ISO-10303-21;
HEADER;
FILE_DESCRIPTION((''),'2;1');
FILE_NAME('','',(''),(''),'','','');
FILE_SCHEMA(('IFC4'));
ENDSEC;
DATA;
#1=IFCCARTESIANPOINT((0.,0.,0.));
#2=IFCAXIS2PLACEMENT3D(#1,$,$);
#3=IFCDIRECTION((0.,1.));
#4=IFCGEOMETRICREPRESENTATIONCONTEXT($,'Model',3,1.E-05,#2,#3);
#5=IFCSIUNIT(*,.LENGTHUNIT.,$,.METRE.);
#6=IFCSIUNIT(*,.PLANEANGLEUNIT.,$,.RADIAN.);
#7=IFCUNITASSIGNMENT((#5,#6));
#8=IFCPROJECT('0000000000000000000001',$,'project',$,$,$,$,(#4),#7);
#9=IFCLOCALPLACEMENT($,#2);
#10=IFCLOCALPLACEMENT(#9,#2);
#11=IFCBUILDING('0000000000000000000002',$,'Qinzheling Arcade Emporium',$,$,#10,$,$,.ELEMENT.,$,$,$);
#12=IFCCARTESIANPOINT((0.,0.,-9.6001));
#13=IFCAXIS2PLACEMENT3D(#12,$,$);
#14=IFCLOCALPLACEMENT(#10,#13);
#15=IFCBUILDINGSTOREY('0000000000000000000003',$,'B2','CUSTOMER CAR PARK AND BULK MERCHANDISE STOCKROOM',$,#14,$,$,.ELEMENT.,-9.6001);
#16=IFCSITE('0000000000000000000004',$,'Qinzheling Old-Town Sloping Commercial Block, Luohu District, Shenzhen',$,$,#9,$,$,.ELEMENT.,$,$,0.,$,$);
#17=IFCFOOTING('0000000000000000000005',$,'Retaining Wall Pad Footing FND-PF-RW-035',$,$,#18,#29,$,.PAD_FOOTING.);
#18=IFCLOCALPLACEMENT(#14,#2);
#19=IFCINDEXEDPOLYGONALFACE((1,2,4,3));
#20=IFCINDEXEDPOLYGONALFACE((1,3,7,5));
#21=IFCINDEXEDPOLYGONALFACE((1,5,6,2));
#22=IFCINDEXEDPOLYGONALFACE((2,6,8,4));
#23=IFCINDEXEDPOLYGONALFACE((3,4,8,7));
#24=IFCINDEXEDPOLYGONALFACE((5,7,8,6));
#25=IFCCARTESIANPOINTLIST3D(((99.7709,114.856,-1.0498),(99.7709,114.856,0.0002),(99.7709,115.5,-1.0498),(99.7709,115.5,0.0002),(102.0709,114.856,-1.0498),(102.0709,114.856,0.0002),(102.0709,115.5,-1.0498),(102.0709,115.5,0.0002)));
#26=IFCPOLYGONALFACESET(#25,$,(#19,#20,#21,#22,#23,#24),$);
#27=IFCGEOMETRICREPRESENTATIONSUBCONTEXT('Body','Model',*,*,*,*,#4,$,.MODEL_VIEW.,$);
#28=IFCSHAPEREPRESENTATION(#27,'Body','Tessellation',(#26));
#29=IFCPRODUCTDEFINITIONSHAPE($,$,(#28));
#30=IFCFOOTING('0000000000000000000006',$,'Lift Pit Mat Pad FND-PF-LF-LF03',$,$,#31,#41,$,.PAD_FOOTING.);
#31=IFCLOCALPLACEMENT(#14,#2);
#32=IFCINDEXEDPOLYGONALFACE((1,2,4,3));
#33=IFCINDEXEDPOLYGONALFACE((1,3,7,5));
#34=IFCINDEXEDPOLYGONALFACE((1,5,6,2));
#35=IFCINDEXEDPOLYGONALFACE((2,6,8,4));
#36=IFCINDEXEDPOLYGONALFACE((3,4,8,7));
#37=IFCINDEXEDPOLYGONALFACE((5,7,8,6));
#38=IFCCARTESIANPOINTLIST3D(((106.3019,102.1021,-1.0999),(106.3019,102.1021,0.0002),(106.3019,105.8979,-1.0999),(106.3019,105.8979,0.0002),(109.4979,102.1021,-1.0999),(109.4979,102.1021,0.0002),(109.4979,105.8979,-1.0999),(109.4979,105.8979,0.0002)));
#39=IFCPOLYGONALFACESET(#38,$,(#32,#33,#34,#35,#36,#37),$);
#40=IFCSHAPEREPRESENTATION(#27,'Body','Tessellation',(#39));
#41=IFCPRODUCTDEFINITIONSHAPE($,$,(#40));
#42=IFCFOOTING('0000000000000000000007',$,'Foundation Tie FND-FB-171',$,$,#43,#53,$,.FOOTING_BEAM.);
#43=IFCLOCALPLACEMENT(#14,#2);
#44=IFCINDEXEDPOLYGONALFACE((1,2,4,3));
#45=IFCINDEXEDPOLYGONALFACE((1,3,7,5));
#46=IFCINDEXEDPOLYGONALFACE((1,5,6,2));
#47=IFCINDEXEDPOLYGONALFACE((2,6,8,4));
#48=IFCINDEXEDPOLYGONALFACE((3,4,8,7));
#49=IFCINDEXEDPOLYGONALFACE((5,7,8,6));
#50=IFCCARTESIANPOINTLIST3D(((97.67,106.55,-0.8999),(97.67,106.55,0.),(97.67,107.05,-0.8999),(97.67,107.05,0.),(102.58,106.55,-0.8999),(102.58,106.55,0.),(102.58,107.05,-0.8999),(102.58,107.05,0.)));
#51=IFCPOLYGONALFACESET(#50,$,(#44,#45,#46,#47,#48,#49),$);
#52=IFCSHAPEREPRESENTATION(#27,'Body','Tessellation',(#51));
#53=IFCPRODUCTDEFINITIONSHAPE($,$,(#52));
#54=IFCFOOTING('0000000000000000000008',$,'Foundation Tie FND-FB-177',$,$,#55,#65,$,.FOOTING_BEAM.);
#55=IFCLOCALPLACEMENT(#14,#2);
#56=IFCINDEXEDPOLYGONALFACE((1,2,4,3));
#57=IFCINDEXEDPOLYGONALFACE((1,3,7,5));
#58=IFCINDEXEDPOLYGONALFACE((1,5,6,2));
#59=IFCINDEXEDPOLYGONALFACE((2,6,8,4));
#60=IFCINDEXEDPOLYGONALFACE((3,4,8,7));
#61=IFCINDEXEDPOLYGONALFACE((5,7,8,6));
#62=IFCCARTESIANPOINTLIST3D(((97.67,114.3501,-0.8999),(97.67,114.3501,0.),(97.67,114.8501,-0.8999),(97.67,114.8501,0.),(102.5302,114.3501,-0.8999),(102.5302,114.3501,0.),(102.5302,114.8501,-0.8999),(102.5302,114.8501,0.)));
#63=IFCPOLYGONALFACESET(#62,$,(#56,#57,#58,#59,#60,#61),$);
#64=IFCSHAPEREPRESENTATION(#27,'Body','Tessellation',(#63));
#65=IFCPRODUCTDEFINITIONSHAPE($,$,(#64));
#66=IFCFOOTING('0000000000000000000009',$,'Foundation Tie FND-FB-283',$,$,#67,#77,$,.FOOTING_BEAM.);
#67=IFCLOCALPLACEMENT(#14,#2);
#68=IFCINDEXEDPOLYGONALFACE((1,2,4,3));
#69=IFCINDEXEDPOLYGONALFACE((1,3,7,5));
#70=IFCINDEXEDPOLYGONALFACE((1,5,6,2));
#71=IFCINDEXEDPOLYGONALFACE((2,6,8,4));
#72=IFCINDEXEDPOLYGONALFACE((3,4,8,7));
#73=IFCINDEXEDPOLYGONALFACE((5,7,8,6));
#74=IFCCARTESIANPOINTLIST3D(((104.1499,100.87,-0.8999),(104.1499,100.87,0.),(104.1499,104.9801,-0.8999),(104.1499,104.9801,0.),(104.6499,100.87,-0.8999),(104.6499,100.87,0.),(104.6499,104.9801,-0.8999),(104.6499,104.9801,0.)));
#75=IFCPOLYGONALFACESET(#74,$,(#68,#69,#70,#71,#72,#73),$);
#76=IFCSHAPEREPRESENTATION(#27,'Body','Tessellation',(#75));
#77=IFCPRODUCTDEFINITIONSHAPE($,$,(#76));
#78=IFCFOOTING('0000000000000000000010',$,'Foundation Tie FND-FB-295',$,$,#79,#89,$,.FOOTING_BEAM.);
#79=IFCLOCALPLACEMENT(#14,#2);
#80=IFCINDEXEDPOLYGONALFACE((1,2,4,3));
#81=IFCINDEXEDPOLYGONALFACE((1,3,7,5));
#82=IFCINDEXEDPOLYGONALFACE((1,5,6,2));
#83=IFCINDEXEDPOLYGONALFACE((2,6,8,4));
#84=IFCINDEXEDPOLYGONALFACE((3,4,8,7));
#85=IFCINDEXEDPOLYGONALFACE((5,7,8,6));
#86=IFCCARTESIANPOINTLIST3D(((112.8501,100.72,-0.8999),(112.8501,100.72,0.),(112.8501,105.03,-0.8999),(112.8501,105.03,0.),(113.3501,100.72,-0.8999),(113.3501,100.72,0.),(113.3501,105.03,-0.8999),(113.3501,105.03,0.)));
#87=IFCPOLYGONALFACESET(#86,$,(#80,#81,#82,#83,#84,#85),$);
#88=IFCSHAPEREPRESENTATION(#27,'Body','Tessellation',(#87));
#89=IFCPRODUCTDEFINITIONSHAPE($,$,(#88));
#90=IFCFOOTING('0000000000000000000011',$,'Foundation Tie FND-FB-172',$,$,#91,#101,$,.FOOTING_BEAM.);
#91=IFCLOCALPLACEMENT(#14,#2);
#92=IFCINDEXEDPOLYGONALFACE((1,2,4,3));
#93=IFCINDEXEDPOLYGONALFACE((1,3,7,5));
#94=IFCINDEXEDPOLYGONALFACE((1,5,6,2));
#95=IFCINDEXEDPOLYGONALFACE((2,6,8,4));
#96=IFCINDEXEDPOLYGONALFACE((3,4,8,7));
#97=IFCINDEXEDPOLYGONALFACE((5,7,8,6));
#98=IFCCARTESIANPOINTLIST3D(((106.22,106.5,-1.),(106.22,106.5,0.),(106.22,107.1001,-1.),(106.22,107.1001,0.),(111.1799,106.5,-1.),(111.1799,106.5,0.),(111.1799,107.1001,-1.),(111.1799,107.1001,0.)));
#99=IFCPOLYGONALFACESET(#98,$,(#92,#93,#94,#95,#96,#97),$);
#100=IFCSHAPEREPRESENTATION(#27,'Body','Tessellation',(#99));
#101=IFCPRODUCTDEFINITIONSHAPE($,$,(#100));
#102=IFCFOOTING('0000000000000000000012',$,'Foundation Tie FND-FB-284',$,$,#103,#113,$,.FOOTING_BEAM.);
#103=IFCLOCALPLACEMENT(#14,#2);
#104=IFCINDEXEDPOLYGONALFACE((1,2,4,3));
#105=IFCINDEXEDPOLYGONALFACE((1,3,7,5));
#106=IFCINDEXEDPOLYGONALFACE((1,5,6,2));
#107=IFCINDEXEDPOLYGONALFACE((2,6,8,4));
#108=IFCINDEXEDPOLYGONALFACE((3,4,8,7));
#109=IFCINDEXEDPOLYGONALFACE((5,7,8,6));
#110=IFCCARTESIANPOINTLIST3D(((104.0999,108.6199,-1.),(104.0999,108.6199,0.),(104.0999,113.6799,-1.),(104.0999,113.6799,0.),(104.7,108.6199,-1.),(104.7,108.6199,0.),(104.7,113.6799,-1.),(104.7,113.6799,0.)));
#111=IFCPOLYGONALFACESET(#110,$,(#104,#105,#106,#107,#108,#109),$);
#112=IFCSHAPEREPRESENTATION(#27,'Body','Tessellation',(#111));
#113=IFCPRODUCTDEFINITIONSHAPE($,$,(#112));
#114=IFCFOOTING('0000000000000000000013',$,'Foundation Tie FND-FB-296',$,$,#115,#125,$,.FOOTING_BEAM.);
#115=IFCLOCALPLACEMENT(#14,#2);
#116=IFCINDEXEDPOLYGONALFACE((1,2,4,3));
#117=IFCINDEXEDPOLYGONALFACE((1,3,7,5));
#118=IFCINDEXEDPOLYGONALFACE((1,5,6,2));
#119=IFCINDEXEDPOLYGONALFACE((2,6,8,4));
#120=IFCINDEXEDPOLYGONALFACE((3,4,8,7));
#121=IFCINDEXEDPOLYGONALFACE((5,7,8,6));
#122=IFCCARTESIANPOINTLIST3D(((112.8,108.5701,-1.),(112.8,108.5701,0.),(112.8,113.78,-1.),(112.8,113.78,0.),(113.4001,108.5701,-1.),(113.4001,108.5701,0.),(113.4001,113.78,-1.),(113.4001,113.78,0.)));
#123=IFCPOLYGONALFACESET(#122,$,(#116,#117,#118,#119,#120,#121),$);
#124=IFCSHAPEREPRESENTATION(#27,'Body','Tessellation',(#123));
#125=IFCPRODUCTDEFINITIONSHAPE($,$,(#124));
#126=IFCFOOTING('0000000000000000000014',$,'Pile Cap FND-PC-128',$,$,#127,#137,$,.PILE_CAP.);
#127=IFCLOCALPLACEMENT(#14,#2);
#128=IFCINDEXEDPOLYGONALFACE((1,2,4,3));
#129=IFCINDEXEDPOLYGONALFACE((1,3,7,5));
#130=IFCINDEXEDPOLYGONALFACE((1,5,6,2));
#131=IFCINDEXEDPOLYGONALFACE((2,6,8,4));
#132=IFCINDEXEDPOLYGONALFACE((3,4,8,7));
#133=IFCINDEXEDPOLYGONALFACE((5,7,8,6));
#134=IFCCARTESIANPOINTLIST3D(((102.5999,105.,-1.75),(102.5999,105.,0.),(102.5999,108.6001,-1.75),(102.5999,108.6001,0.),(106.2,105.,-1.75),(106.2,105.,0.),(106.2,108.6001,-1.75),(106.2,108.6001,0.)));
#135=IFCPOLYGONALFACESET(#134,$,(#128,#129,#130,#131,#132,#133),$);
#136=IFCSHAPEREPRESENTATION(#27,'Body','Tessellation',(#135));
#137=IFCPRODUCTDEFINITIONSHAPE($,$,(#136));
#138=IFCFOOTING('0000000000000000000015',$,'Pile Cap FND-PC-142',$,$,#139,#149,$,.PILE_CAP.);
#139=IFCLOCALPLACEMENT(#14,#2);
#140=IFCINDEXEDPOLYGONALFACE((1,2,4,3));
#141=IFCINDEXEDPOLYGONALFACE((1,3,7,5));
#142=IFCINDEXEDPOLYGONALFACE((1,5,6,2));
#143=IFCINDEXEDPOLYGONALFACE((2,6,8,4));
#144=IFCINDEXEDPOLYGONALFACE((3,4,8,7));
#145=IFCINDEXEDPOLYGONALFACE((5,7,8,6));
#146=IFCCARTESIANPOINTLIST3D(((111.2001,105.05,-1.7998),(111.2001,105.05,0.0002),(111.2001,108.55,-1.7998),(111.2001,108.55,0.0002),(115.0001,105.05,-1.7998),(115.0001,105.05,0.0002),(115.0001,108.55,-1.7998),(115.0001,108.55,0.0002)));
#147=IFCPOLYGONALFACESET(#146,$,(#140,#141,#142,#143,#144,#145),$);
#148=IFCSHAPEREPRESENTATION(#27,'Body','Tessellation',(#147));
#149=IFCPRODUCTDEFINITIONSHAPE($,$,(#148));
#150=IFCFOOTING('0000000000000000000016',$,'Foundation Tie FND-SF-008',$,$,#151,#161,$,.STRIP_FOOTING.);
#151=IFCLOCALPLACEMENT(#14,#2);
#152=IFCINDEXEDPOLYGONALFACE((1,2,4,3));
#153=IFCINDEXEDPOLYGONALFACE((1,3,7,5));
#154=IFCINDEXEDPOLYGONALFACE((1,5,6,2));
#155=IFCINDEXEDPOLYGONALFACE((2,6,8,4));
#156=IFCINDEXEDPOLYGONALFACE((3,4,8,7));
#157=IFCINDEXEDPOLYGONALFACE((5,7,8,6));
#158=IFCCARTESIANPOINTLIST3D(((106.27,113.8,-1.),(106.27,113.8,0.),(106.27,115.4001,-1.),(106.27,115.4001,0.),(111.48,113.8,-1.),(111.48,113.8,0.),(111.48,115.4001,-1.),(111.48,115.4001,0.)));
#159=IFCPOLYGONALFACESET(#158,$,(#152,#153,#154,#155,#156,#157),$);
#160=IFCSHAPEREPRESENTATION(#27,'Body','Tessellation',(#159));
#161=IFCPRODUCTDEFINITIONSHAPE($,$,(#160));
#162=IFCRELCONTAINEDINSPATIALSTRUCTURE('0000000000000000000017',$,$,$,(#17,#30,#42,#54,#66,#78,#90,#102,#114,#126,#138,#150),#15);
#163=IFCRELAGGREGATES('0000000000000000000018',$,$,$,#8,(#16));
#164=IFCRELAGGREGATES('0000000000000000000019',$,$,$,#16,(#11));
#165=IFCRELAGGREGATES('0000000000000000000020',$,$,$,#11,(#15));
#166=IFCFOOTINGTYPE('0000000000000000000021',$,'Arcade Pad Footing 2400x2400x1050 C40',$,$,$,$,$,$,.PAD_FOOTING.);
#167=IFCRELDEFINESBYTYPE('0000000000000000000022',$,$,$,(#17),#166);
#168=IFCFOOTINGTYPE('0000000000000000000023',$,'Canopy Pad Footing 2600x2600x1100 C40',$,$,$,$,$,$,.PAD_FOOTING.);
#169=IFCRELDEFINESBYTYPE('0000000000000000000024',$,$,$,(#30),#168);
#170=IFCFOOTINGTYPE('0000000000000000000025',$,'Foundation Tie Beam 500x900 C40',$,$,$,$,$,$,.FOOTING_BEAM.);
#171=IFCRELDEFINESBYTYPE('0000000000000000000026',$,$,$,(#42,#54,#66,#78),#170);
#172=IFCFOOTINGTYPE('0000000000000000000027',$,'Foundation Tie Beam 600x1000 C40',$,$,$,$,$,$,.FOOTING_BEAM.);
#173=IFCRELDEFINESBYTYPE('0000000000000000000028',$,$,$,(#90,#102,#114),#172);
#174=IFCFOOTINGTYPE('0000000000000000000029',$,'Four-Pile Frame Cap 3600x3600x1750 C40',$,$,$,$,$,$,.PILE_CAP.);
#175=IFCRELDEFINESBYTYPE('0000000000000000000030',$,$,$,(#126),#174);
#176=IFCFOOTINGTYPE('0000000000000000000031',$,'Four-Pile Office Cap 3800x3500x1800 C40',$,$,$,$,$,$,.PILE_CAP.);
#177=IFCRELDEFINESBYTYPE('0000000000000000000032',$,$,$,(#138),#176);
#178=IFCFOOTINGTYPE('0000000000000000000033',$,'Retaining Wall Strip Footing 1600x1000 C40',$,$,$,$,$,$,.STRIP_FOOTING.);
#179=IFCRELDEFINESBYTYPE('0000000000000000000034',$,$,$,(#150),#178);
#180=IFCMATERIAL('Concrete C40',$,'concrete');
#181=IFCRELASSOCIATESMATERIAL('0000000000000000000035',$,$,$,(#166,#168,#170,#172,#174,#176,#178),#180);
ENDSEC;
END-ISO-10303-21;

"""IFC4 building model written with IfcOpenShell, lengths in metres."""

from ifc_helpers import new_model, si_unit, direction, frame, origin, origin_2d, place, context, subcontext, project, spatial, rectangle, extrude, material, type_object, element, save


model = new_model("IFC4")

# Units and contexts
model_context = context("Model", 3, precision=1e-05, world=origin(), true_north=direction((0.0, 1.0)))
body_context = subcontext(model_context, "Body", "Model", "MODEL_VIEW")
ifc_project = project(units=[si_unit("LENGTHUNIT", "METRE"), si_unit("PLANEANGLEUNIT", "RADIAN")], contexts=[model_context])

# Site, building, storey
site_placement = place(None, origin())
site = spatial("IfcSite", under=ifc_project, at=site_placement, Name="Qinzheling Old-Town Sloping Commercial Block, Luohu District, Shenzhen", CompositionType="ELEMENT", RefElevation=0.0)
building_placement = place(site_placement, origin())
building = spatial("IfcBuilding", under=site, at=building_placement, Name="Qinzheling Arcade Emporium", CompositionType="ELEMENT")
storey_placement = place(building_placement, frame((0.0, 0.0, -9.6001)))
storey = spatial("IfcBuildingStorey", under=building, at=storey_placement, Name="B2", Description="CUSTOMER CAR PARK AND BULK MERCHANDISE STOCKROOM", CompositionType="ELEMENT", Elevation=-9.6001)

# Footings
ifc_material_1 = material(Name="Concrete C40", Category="concrete")
footing_type_1 = type_object("IfcFootingType", Name="Arcade Pad Footing 2400x2400x1050 C40", PredefinedType="PAD_FOOTING", material=ifc_material_1)
footing_1_placement = place(storey_placement, frame((100.9209, 115.178, -1.0498), z_axis=(0.0, 0.0, 1.0), x_axis=(1.0, 0.0, 0.0)))
element("IfcFooting", 1, at=footing_1_placement, inside=storey, type_object=footing_type_1, Name="Retaining Wall Pad Footing FND-PF-RW-035", PredefinedType="PAD_FOOTING", context=body_context, shape_type="SweptSolid", body=[
    extrude(rectangle(XDim=2.3, YDim=0.644, at=origin_2d()), origin(), (0.0, 0.0, 1.0), 1.05),
])
footing_type_2 = type_object("IfcFootingType", Name="Canopy Pad Footing 2600x2600x1100 C40", PredefinedType="PAD_FOOTING", material=ifc_material_1)
footing_2_placement = place(storey_placement, frame((107.8999, 104.0, -1.0999), z_axis=(0.0, 0.0, 1.0), x_axis=(1.0, 0.0, 0.0)))
element("IfcFooting", 2, at=footing_2_placement, inside=storey, type_object=footing_type_2, Name="Lift Pit Mat Pad FND-PF-LF-LF03", PredefinedType="PAD_FOOTING", context=body_context, shape_type="SweptSolid", body=[
    extrude(rectangle(XDim=3.196, YDim=3.7959, at=origin_2d()), origin(), (0.0, 0.0, 1.0), 1.1001),
])
footing_type_3 = type_object("IfcFootingType", Name="Foundation Tie Beam 500x900 C40", PredefinedType="FOOTING_BEAM", material=ifc_material_1)
footing_3_placement = place(storey_placement, frame((100.125, 106.8, -0.8999), z_axis=(0.0, 0.0, 1.0), x_axis=(1.0, 0.0, 0.0)))
element("IfcFooting", 3, at=footing_3_placement, inside=storey, type_object=footing_type_3, Name="Foundation Tie FND-FB-171", PredefinedType="FOOTING_BEAM", context=body_context, shape_type="SweptSolid", body=[
    extrude(rectangle(XDim=4.9099, YDim=0.5, at=origin_2d()), origin(), (0.0, 0.0, 1.0), 0.8999),
])
footing_4_placement = place(storey_placement, frame((100.1001, 114.6001, -0.8999), z_axis=(0.0, 0.0, 1.0), x_axis=(1.0, 0.0, 0.0)))
element("IfcFooting", 4, at=footing_4_placement, inside=storey, type_object=footing_type_3, Name="Foundation Tie FND-FB-177", PredefinedType="FOOTING_BEAM", context=body_context, shape_type="SweptSolid", body=[
    extrude(rectangle(XDim=4.8601, YDim=0.5, at=origin_2d()), origin(), (0.0, 0.0, 1.0), 0.8999),
])
footing_5_placement = place(storey_placement, frame((104.3999, 102.925, -0.8999), z_axis=(0.0, 0.0, 1.0), x_axis=(1.0, 0.0, 0.0)))
element("IfcFooting", 5, at=footing_5_placement, inside=storey, type_object=footing_type_3, Name="Foundation Tie FND-FB-283", PredefinedType="FOOTING_BEAM", context=body_context, shape_type="SweptSolid", body=[
    extrude(rectangle(XDim=0.5, YDim=4.1101, at=origin_2d()), origin(), (0.0, 0.0, 1.0), 0.8999),
])
footing_6_placement = place(storey_placement, frame((113.1001, 102.875, -0.8999), z_axis=(0.0, 0.0, 1.0), x_axis=(1.0, 0.0, 0.0)))
element("IfcFooting", 6, at=footing_6_placement, inside=storey, type_object=footing_type_3, Name="Foundation Tie FND-FB-295", PredefinedType="FOOTING_BEAM", context=body_context, shape_type="SweptSolid", body=[
    extrude(rectangle(XDim=0.5, YDim=4.3101, at=origin_2d()), origin(), (0.0, 0.0, 1.0), 0.8999),
])
footing_type_4 = type_object("IfcFootingType", Name="Foundation Tie Beam 600x1000 C40", PredefinedType="FOOTING_BEAM", material=ifc_material_1)
footing_7_placement = place(storey_placement, frame((108.7, 106.8, -1.0), z_axis=(0.0, 0.0, 1.0), x_axis=(1.0, 0.0, 0.0)))
element("IfcFooting", 7, at=footing_7_placement, inside=storey, type_object=footing_type_4, Name="Foundation Tie FND-FB-172", PredefinedType="FOOTING_BEAM", context=body_context, shape_type="SweptSolid", body=[
    extrude(rectangle(XDim=4.96, YDim=0.6001, at=origin_2d()), origin(), (0.0, 0.0, 1.0), 1.0),
])
footing_8_placement = place(storey_placement, frame((104.3999, 111.1499, -1.0), z_axis=(0.0, 0.0, 1.0), x_axis=(1.0, 0.0, 0.0)))
element("IfcFooting", 8, at=footing_8_placement, inside=storey, type_object=footing_type_4, Name="Foundation Tie FND-FB-284", PredefinedType="FOOTING_BEAM", context=body_context, shape_type="SweptSolid", body=[
    extrude(rectangle(XDim=0.6001, YDim=5.0601, at=origin_2d()), origin(), (0.0, 0.0, 1.0), 1.0),
])
footing_9_placement = place(storey_placement, frame((113.1001, 111.175, -1.0), z_axis=(0.0, 0.0, 1.0), x_axis=(1.0, 0.0, 0.0)))
element("IfcFooting", 9, at=footing_9_placement, inside=storey, type_object=footing_type_4, Name="Foundation Tie FND-FB-296", PredefinedType="FOOTING_BEAM", context=body_context, shape_type="SweptSolid", body=[
    extrude(rectangle(XDim=0.6001, YDim=5.21, at=origin_2d()), origin(), (0.0, 0.0, 1.0), 1.0),
])
footing_type_5 = type_object("IfcFootingType", Name="Four-Pile Frame Cap 3600x3600x1750 C40", PredefinedType="PILE_CAP", material=ifc_material_1)
footing_10_placement = place(storey_placement, frame((104.3999, 106.8, -1.75), z_axis=(0.0, 0.0, 1.0), x_axis=(1.0, 0.0, 0.0)))
element("IfcFooting", 10, at=footing_10_placement, inside=storey, type_object=footing_type_5, Name="Pile Cap FND-PC-128", PredefinedType="PILE_CAP", context=body_context, shape_type="SweptSolid", body=[
    extrude(rectangle(XDim=3.6001, YDim=3.6001, at=origin_2d()), origin(), (0.0, 0.0, 1.0), 1.75),
])
footing_type_6 = type_object("IfcFootingType", Name="Four-Pile Office Cap 3800x3500x1800 C40", PredefinedType="PILE_CAP", material=ifc_material_1)
footing_11_placement = place(storey_placement, frame((113.1001, 106.8, -1.7998), z_axis=(0.0, 0.0, 1.0), x_axis=(1.0, 0.0, 0.0)))
element("IfcFooting", 11, at=footing_11_placement, inside=storey, type_object=footing_type_6, Name="Pile Cap FND-PC-142", PredefinedType="PILE_CAP", context=body_context, shape_type="SweptSolid", body=[
    extrude(rectangle(XDim=3.8, YDim=3.5, at=origin_2d()), origin(), (0.0, 0.0, 1.0), 1.8),
])
footing_type_7 = type_object("IfcFootingType", Name="Retaining Wall Strip Footing 1600x1000 C40", PredefinedType="STRIP_FOOTING", material=ifc_material_1)
footing_12_placement = place(storey_placement, frame((108.875, 114.6001, -1.0), z_axis=(0.0, 0.0, 1.0), x_axis=(1.0, 0.0, 0.0)))
element("IfcFooting", 12, at=footing_12_placement, inside=storey, type_object=footing_type_7, Name="Foundation Tie FND-SF-008", PredefinedType="STRIP_FOOTING", context=body_context, shape_type="SweptSolid", body=[
    extrude(rectangle(XDim=5.21, YDim=1.6001, at=origin_2d()), origin(), (0.0, 0.0, 1.0), 1.0),
])

save(model, "model.ifc")
